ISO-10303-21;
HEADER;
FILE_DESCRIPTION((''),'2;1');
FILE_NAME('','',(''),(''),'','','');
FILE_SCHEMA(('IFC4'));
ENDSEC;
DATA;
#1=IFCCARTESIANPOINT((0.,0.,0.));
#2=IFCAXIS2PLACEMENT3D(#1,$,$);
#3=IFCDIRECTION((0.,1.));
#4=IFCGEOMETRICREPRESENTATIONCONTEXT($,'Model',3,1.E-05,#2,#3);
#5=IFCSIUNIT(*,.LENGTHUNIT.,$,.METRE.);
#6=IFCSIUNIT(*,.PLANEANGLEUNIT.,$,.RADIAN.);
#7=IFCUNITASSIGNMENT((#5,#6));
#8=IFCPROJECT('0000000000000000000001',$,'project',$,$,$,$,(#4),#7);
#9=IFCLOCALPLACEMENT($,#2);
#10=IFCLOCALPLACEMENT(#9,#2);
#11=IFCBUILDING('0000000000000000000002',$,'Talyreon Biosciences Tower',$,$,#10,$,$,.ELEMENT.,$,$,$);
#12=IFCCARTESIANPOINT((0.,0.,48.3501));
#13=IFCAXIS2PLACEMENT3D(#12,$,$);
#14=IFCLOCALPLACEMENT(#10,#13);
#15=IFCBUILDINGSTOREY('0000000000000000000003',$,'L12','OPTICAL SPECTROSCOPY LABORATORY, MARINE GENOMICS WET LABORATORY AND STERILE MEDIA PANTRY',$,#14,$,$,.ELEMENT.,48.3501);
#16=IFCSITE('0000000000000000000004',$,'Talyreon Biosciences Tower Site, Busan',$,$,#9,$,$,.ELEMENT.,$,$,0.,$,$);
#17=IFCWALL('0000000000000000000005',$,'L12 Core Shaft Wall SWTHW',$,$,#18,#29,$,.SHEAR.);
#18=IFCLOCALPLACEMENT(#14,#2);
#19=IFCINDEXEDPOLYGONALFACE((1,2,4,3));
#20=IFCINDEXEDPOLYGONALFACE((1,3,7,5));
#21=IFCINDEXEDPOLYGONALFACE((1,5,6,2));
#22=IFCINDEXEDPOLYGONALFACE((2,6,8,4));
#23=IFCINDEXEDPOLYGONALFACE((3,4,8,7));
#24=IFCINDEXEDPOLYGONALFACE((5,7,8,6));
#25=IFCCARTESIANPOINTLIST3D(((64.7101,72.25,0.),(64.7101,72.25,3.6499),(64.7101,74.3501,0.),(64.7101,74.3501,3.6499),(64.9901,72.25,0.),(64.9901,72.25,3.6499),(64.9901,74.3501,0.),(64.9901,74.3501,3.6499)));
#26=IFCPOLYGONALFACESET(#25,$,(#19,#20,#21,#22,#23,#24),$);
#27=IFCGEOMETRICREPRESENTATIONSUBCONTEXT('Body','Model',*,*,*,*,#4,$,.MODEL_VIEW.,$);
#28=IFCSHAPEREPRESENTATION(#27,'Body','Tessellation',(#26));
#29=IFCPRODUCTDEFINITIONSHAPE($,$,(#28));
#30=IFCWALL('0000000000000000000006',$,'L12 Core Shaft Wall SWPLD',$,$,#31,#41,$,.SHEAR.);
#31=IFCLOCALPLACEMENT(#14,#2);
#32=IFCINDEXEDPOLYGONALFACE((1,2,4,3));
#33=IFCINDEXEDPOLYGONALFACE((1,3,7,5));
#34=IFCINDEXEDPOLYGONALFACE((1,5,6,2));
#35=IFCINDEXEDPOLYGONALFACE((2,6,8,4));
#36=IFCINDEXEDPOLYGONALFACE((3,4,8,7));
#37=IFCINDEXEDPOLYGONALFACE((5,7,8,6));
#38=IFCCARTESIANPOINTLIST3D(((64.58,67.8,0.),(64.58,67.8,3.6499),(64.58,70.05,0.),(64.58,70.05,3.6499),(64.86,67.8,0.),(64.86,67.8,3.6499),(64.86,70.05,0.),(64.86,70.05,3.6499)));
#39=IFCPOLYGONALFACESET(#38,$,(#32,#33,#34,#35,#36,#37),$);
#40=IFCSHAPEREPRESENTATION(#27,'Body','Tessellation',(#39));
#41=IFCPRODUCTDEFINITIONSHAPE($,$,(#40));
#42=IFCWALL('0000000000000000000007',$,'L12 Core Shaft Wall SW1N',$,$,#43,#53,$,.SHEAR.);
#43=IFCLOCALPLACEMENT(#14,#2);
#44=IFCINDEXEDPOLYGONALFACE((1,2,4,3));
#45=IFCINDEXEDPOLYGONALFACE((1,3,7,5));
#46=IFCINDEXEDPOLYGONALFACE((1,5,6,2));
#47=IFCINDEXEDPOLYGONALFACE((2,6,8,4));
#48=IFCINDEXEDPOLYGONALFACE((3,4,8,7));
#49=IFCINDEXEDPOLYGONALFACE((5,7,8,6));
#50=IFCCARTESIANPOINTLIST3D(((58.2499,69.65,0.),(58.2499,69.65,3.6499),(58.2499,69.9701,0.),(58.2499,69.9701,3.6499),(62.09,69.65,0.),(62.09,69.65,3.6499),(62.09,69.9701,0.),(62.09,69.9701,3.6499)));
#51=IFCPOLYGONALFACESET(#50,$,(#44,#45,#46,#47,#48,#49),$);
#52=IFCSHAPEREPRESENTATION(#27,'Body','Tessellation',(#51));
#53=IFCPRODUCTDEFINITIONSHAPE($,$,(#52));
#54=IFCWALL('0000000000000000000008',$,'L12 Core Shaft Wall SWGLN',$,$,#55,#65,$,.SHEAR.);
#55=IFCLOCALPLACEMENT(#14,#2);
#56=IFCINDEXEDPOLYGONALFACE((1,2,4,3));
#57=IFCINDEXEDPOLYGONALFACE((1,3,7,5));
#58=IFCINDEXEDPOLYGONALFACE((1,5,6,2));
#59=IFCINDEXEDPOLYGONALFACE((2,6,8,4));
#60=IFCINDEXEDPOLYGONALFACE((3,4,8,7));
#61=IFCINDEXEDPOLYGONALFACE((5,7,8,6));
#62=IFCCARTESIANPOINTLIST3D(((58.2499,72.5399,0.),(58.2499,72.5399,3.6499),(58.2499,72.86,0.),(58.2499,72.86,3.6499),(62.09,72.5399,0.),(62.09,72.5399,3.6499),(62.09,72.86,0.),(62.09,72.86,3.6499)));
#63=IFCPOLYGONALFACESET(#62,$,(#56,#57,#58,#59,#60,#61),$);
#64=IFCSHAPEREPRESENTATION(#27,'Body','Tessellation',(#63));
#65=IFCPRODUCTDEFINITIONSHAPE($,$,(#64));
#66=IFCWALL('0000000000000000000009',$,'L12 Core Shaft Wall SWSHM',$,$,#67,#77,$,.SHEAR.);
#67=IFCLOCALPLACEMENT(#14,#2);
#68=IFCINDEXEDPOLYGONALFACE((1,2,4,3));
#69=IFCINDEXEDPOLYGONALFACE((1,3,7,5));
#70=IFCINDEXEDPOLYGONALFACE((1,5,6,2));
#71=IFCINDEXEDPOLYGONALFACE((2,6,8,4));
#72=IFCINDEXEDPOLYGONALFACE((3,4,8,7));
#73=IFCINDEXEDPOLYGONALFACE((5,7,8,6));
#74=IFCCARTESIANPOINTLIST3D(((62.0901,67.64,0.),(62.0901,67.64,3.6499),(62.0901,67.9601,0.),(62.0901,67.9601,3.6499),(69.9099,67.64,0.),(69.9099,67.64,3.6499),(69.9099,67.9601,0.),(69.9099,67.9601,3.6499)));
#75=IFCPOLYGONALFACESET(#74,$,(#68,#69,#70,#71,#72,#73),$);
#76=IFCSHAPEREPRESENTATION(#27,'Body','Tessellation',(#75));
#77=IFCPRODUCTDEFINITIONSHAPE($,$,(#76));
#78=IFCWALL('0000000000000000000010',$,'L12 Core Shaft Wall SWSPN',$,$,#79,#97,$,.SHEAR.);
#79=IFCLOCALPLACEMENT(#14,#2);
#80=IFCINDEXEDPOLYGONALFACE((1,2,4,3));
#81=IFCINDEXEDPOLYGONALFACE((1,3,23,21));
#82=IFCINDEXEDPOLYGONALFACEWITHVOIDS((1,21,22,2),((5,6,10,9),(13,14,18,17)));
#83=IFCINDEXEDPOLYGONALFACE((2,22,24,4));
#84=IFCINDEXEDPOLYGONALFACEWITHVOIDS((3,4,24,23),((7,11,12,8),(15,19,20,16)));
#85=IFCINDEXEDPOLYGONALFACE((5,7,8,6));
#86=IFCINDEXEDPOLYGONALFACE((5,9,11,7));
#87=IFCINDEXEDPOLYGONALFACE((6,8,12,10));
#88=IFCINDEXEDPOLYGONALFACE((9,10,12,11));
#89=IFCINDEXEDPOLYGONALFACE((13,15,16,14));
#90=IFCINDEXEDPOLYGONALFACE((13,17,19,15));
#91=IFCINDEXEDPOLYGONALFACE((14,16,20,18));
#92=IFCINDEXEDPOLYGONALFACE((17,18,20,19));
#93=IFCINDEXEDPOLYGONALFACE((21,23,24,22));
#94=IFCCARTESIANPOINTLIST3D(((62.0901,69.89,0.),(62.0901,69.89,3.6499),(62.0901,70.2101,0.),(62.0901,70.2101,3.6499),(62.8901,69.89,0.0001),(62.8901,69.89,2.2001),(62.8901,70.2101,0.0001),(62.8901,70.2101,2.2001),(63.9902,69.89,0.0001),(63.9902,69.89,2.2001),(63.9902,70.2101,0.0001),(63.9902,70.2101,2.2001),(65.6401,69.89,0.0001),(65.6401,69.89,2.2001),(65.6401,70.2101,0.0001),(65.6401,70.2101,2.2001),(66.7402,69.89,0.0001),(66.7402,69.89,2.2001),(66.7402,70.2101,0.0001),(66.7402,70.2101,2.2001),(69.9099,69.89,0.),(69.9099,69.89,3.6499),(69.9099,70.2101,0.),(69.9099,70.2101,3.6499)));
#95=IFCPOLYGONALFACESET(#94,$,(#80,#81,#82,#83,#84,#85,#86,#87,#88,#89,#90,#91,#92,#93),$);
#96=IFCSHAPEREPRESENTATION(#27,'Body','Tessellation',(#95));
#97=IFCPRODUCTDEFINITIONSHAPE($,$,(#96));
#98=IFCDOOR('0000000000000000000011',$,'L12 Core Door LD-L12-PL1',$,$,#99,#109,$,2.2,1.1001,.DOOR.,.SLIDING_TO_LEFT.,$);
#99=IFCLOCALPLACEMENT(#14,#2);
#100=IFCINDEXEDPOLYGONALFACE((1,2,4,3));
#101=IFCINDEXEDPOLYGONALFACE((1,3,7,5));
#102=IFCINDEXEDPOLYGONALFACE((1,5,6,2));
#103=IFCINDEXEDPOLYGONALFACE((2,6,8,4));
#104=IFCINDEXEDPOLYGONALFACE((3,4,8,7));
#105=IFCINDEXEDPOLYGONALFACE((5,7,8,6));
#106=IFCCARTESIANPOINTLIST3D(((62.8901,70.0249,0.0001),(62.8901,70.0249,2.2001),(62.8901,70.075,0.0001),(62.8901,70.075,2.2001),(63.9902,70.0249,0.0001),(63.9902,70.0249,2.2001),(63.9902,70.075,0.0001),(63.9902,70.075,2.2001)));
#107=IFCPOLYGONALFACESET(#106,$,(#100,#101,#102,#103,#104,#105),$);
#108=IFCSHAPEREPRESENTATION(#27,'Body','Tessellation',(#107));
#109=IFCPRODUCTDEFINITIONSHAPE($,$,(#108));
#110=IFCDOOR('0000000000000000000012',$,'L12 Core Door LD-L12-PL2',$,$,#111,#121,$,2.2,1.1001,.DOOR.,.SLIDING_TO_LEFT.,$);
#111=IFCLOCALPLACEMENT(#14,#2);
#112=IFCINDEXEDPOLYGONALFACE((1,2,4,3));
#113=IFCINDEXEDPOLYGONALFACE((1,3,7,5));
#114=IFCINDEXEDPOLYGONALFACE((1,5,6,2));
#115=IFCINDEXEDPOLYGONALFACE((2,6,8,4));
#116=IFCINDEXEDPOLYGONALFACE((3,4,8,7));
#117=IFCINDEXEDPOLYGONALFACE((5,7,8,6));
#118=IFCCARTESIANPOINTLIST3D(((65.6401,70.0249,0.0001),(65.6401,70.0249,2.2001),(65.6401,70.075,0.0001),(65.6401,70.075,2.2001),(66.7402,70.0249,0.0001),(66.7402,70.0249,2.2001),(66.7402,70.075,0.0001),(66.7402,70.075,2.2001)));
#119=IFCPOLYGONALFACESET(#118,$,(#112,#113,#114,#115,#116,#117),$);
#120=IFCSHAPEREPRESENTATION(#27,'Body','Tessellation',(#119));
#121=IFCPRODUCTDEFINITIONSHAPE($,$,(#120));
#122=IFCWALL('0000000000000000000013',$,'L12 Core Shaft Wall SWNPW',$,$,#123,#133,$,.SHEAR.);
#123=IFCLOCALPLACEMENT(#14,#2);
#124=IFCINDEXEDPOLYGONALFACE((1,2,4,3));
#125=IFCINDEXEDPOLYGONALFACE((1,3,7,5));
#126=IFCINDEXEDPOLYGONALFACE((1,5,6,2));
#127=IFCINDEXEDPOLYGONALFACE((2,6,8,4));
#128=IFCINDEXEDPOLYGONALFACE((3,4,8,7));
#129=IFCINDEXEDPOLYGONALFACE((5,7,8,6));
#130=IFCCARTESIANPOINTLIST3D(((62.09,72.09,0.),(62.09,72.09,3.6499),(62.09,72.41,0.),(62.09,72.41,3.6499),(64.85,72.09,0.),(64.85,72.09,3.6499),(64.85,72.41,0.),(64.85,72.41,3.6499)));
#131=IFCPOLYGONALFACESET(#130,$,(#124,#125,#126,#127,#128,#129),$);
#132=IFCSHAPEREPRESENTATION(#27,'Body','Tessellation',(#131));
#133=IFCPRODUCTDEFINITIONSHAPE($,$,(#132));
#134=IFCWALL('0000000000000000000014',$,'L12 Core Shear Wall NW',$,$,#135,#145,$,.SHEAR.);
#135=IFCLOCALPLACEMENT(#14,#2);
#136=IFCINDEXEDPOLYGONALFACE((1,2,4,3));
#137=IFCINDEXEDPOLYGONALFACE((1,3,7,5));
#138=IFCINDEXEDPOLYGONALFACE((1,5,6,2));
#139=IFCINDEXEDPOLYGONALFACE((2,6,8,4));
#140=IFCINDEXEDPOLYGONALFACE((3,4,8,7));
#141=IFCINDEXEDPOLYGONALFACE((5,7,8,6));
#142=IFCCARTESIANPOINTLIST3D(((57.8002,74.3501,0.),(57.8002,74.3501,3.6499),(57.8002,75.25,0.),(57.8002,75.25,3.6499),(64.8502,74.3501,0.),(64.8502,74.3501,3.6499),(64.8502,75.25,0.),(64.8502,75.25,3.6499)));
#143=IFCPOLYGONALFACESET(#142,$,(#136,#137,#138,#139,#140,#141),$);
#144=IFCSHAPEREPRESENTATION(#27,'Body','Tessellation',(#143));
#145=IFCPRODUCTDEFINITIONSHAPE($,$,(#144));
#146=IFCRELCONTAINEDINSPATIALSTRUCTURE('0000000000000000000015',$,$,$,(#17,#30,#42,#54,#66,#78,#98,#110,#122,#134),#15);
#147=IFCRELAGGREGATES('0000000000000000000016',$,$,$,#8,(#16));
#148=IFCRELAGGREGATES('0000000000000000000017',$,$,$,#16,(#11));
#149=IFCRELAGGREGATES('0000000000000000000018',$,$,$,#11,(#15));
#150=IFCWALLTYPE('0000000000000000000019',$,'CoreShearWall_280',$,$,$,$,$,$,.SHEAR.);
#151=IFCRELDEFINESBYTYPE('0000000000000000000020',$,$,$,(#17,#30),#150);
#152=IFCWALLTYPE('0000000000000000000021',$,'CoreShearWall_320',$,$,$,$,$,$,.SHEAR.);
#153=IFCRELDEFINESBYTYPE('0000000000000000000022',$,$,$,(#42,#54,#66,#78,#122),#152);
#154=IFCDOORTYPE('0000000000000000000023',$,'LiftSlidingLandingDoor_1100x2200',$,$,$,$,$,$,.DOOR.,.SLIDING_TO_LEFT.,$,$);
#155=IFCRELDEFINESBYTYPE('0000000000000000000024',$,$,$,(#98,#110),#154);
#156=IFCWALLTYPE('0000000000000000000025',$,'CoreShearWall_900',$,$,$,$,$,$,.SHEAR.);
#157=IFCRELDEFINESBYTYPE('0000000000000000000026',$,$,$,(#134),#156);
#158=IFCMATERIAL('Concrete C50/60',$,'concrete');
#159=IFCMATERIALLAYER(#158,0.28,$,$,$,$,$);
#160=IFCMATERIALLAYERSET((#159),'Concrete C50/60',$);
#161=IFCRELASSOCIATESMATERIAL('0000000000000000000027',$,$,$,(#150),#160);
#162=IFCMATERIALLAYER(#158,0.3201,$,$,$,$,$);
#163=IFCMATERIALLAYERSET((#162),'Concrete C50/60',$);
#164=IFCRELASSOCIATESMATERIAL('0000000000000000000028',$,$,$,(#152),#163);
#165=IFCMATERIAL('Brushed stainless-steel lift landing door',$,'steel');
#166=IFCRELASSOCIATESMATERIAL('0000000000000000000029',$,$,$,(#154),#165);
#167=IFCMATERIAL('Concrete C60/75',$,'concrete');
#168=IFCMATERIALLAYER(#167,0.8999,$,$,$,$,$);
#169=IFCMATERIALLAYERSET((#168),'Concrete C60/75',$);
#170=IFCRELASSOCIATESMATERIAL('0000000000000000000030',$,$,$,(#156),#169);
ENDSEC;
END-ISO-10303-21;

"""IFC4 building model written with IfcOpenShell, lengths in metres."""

from ifc_helpers import new_model, si_unit, direction, frame, frame_2d, origin, place, context, subcontext, project, spatial, rectangle, extrude, material, layer, layer_set, type_object, element, fill, save


model = new_model("IFC4")

# Units and contexts
model_context = context("Model", 3, precision=1e-05, world=origin(), true_north=direction((0.0, 1.0)))
body_context = subcontext(model_context, "Body", "Model", "MODEL_VIEW")
ifc_project = project(units=[si_unit("LENGTHUNIT", "METRE"), si_unit("PLANEANGLEUNIT", "RADIAN")], contexts=[model_context])

# Site, building, storey
site_placement = place(None, origin())
site = spatial("IfcSite", under=ifc_project, at=site_placement, Name="Talyreon Biosciences Tower Site, Busan", CompositionType="ELEMENT", RefElevation=0.0)
building_placement = place(site_placement, origin())
building = spatial("IfcBuilding", under=site, at=building_placement, Name="Talyreon Biosciences Tower", CompositionType="ELEMENT")
storey_placement = place(building_placement, frame((0.0, 0.0, 48.3501)))
storey = spatial("IfcBuildingStorey", under=building, at=storey_placement, Name="L12", Description="OPTICAL SPECTROSCOPY LABORATORY, MARINE GENOMICS WET LABORATORY AND STERILE MEDIA PANTRY", CompositionType="ELEMENT", Elevation=48.3501)

# Shared definitions
ifc_material_1 = material(Name="Concrete C60/75", Category="concrete")

# Walls
ifc_material_2 = material(Name="Concrete C50/60", Category="concrete")
ifc_layer_1 = layer(ifc_material_2, 0.28)
ifc_layer_set_1 = layer_set([ifc_layer_1], Name="Concrete C50/60")
wall_type_1 = type_object("IfcWallType", Name="CoreShearWall_280", PredefinedType="SHEAR", material=ifc_layer_set_1)
wall_1_placement = place(storey_placement, frame((64.8501, 72.25, 0.0), z_axis=(0.0, 0.0, 1.0), x_axis=(0.0, 1.0, 0.0)))
element("IfcWall", 1, at=wall_1_placement, inside=storey, type_object=wall_type_1, Name="L12 Core Shaft Wall SWTHW", PredefinedType="SHEAR", context=body_context, shape_type="SweptSolid", body=[
    extrude(rectangle(XDim=2.1001, YDim=0.28, at=frame_2d((1.05, 0.0))), origin(), (0.0, 0.0, 1.0), 3.6499),
])
wall_2_placement = place(storey_placement, frame((64.72, 67.8, 0.0), z_axis=(0.0, 0.0, 1.0), x_axis=(0.0, 1.0, 0.0)))
element("IfcWall", 2, at=wall_2_placement, inside=storey, type_object=wall_type_1, Name="L12 Core Shaft Wall SWPLD", PredefinedType="SHEAR", context=body_context, shape_type="SweptSolid", body=[
    extrude(rectangle(XDim=2.25, YDim=0.28, at=frame_2d((1.125, 0.0))), origin(), (0.0, 0.0, 1.0), 3.6499),
])
ifc_layer_2 = layer(ifc_material_2, 0.3201)
ifc_layer_set_2 = layer_set([ifc_layer_2], Name="Concrete C50/60")
wall_type_2 = type_object("IfcWallType", Name="CoreShearWall_320", PredefinedType="SHEAR", material=ifc_layer_set_2)
for number, where, z_axis, x_axis, name in (
    (3, (58.25, 69.8101, 0.0), (0.0, 0.0, 1.0), (1.0, 0.0, 0.0), "L12 Core Shaft Wall SW1N"),
    (4, (58.25, 72.7, 0.0), (0.0, 0.0, 1.0), (1.0, 0.0, 0.0), "L12 Core Shaft Wall SWGLN"),
):
    element("IfcWall", number, at=place(storey_placement, frame(where, z_axis=z_axis, x_axis=x_axis)), inside=storey, type_object=wall_type_2, Name=name, PredefinedType="SHEAR", context=body_context, shape_type="SweptSolid", body=[
        extrude(rectangle(XDim=3.8401, YDim=0.3201, at=frame_2d((1.9199, 0.0))), origin(), (0.0, 0.0, 1.0), 3.6499),
    ])
wall_3_placement = place(storey_placement, frame((62.0901, 67.8, 0.0), z_axis=(0.0, 0.0, 1.0), x_axis=(1.0, 0.0, 0.0)))
element("IfcWall", 5, at=wall_3_placement, inside=storey, type_object=wall_type_2, Name="L12 Core Shaft Wall SWSHM", PredefinedType="SHEAR", context=body_context, shape_type="SweptSolid", body=[
    extrude(rectangle(XDim=7.8198, YDim=0.3201, at=frame_2d((3.9099, 0.0))), origin(), (0.0, 0.0, 1.0), 3.6499),
])

# Wall, openings, doors
wall_4_placement = place(storey_placement, frame((62.0901, 70.05, 0.0), z_axis=(0.0, 0.0, 1.0), x_axis=(1.0, 0.0, 0.0)))
wall_4 = element("IfcWall", 6, at=wall_4_placement, inside=storey, type_object=wall_type_2, Name="L12 Core Shaft Wall SWSPN", PredefinedType="SHEAR", context=body_context, shape_type="SweptSolid", body=[
    extrude(rectangle(XDim=7.8198, YDim=0.3201, at=frame_2d((3.9099, 0.0))), origin(), (0.0, 0.0, 1.0), 3.6499),
])
opening_1_placement = place(wall_4_placement, frame((0.8, 0.0, 0.0)))
opening_1 = element("IfcOpeningElement", 7, at=opening_1_placement, cuts=wall_4, PredefinedType="OPENING", context=body_context, shape_type="SweptSolid", body=[
    extrude(rectangle(XDim=1.1001, YDim=2.2, at=frame_2d((0.55, 1.1001))), frame((0.0, 0.1699, 0.0), z_axis=(0.0, -1.0, 0.0), x_axis=(1.0, 0.0, 0.0)), (0.0, 0.0, 1.0), 0.3401),
])
opening_2_placement = place(wall_4_placement, frame((3.55, 0.0, 0.0)))
opening_2 = element("IfcOpeningElement", 8, at=opening_2_placement, cuts=wall_4, PredefinedType="OPENING", context=body_context, shape_type="SweptSolid", body=[
    extrude(rectangle(XDim=1.1001, YDim=2.2, at=frame_2d((0.55, 1.1001))), frame((0.0, 0.1699, 0.0), z_axis=(0.0, -1.0, 0.0), x_axis=(1.0, 0.0, 0.0)), (0.0, 0.0, 1.0), 0.3401),
])
ifc_material_3 = material(Name="Brushed stainless-steel lift landing door", Category="steel")
door_type_1 = type_object("IfcDoorType", Name="LiftSlidingLandingDoor_1100x2200", OperationType="SLIDING_TO_LEFT", PredefinedType="DOOR", material=ifc_material_3)
door_1_placement = place(opening_1_placement, origin())
door_1 = element("IfcDoor", 9, at=door_1_placement, inside=storey, type_object=door_type_1, Name="L12 Core Door LD-L12-PL1", OperationType="SLIDING_TO_LEFT", OverallHeight=2.2, OverallWidth=1.1001, PredefinedType="DOOR", context=body_context, shape_type="SweptSolid", body=[
    extrude(rectangle(XDim=1.1001, YDim=2.2, at=frame_2d((0.55, 1.1001))), frame((0.0, 0.0249, 0.0), z_axis=(0.0, -1.0, 0.0), x_axis=(1.0, 0.0, 0.0)), (0.0, 0.0, 1.0), 0.05),
])
fill(opening_1, door_1)
door_2_placement = place(opening_2_placement, origin())
door_2 = element("IfcDoor", 10, at=door_2_placement, inside=storey, type_object=door_type_1, Name="L12 Core Door LD-L12-PL2", OperationType="SLIDING_TO_LEFT", OverallHeight=2.2, OverallWidth=1.1001, PredefinedType="DOOR", context=body_context, shape_type="SweptSolid", body=[
    extrude(rectangle(XDim=1.1001, YDim=2.2, at=frame_2d((0.55, 1.1001))), frame((0.0, 0.0249, 0.0), z_axis=(0.0, -1.0, 0.0), x_axis=(1.0, 0.0, 0.0)), (0.0, 0.0, 1.0), 0.05),
])
fill(opening_2, door_2)

# Walls
wall_5_placement = place(storey_placement, frame((62.0901, 72.25, 0.0), z_axis=(0.0, 0.0, 1.0), x_axis=(1.0, 0.0, 0.0)))
element("IfcWall", 11, at=wall_5_placement, inside=storey, type_object=wall_type_2, Name="L12 Core Shaft Wall SWNPW", PredefinedType="SHEAR", context=body_context, shape_type="SweptSolid", body=[
    extrude(rectangle(XDim=2.76, YDim=0.3201, at=frame_2d((1.3799, 0.0))), origin(), (0.0, 0.0, 1.0), 3.6499),
])
ifc_layer_3 = layer(ifc_material_1, 0.8999)
ifc_layer_set_3 = layer_set([ifc_layer_3], Name="Concrete C60/75")
wall_type_3 = type_object("IfcWallType", Name="CoreShearWall_900", PredefinedType="SHEAR", material=ifc_layer_set_3)
wall_6_placement = place(storey_placement, frame((64.8501, 74.8, 0.0), z_axis=(0.0, 0.0, 1.0), x_axis=(-1.0, 0.0, 0.0)))
element("IfcWall", 12, at=wall_6_placement, inside=storey, type_object=wall_type_3, Name="L12 Core Shear Wall NW", PredefinedType="SHEAR", context=body_context, shape_type="SweptSolid", body=[
    extrude(rectangle(XDim=7.05, YDim=0.8999, at=frame_2d((3.5249, 0.0))), origin(), (0.0, 0.0, 1.0), 3.6499),
])

save(model, "model.ifc")
